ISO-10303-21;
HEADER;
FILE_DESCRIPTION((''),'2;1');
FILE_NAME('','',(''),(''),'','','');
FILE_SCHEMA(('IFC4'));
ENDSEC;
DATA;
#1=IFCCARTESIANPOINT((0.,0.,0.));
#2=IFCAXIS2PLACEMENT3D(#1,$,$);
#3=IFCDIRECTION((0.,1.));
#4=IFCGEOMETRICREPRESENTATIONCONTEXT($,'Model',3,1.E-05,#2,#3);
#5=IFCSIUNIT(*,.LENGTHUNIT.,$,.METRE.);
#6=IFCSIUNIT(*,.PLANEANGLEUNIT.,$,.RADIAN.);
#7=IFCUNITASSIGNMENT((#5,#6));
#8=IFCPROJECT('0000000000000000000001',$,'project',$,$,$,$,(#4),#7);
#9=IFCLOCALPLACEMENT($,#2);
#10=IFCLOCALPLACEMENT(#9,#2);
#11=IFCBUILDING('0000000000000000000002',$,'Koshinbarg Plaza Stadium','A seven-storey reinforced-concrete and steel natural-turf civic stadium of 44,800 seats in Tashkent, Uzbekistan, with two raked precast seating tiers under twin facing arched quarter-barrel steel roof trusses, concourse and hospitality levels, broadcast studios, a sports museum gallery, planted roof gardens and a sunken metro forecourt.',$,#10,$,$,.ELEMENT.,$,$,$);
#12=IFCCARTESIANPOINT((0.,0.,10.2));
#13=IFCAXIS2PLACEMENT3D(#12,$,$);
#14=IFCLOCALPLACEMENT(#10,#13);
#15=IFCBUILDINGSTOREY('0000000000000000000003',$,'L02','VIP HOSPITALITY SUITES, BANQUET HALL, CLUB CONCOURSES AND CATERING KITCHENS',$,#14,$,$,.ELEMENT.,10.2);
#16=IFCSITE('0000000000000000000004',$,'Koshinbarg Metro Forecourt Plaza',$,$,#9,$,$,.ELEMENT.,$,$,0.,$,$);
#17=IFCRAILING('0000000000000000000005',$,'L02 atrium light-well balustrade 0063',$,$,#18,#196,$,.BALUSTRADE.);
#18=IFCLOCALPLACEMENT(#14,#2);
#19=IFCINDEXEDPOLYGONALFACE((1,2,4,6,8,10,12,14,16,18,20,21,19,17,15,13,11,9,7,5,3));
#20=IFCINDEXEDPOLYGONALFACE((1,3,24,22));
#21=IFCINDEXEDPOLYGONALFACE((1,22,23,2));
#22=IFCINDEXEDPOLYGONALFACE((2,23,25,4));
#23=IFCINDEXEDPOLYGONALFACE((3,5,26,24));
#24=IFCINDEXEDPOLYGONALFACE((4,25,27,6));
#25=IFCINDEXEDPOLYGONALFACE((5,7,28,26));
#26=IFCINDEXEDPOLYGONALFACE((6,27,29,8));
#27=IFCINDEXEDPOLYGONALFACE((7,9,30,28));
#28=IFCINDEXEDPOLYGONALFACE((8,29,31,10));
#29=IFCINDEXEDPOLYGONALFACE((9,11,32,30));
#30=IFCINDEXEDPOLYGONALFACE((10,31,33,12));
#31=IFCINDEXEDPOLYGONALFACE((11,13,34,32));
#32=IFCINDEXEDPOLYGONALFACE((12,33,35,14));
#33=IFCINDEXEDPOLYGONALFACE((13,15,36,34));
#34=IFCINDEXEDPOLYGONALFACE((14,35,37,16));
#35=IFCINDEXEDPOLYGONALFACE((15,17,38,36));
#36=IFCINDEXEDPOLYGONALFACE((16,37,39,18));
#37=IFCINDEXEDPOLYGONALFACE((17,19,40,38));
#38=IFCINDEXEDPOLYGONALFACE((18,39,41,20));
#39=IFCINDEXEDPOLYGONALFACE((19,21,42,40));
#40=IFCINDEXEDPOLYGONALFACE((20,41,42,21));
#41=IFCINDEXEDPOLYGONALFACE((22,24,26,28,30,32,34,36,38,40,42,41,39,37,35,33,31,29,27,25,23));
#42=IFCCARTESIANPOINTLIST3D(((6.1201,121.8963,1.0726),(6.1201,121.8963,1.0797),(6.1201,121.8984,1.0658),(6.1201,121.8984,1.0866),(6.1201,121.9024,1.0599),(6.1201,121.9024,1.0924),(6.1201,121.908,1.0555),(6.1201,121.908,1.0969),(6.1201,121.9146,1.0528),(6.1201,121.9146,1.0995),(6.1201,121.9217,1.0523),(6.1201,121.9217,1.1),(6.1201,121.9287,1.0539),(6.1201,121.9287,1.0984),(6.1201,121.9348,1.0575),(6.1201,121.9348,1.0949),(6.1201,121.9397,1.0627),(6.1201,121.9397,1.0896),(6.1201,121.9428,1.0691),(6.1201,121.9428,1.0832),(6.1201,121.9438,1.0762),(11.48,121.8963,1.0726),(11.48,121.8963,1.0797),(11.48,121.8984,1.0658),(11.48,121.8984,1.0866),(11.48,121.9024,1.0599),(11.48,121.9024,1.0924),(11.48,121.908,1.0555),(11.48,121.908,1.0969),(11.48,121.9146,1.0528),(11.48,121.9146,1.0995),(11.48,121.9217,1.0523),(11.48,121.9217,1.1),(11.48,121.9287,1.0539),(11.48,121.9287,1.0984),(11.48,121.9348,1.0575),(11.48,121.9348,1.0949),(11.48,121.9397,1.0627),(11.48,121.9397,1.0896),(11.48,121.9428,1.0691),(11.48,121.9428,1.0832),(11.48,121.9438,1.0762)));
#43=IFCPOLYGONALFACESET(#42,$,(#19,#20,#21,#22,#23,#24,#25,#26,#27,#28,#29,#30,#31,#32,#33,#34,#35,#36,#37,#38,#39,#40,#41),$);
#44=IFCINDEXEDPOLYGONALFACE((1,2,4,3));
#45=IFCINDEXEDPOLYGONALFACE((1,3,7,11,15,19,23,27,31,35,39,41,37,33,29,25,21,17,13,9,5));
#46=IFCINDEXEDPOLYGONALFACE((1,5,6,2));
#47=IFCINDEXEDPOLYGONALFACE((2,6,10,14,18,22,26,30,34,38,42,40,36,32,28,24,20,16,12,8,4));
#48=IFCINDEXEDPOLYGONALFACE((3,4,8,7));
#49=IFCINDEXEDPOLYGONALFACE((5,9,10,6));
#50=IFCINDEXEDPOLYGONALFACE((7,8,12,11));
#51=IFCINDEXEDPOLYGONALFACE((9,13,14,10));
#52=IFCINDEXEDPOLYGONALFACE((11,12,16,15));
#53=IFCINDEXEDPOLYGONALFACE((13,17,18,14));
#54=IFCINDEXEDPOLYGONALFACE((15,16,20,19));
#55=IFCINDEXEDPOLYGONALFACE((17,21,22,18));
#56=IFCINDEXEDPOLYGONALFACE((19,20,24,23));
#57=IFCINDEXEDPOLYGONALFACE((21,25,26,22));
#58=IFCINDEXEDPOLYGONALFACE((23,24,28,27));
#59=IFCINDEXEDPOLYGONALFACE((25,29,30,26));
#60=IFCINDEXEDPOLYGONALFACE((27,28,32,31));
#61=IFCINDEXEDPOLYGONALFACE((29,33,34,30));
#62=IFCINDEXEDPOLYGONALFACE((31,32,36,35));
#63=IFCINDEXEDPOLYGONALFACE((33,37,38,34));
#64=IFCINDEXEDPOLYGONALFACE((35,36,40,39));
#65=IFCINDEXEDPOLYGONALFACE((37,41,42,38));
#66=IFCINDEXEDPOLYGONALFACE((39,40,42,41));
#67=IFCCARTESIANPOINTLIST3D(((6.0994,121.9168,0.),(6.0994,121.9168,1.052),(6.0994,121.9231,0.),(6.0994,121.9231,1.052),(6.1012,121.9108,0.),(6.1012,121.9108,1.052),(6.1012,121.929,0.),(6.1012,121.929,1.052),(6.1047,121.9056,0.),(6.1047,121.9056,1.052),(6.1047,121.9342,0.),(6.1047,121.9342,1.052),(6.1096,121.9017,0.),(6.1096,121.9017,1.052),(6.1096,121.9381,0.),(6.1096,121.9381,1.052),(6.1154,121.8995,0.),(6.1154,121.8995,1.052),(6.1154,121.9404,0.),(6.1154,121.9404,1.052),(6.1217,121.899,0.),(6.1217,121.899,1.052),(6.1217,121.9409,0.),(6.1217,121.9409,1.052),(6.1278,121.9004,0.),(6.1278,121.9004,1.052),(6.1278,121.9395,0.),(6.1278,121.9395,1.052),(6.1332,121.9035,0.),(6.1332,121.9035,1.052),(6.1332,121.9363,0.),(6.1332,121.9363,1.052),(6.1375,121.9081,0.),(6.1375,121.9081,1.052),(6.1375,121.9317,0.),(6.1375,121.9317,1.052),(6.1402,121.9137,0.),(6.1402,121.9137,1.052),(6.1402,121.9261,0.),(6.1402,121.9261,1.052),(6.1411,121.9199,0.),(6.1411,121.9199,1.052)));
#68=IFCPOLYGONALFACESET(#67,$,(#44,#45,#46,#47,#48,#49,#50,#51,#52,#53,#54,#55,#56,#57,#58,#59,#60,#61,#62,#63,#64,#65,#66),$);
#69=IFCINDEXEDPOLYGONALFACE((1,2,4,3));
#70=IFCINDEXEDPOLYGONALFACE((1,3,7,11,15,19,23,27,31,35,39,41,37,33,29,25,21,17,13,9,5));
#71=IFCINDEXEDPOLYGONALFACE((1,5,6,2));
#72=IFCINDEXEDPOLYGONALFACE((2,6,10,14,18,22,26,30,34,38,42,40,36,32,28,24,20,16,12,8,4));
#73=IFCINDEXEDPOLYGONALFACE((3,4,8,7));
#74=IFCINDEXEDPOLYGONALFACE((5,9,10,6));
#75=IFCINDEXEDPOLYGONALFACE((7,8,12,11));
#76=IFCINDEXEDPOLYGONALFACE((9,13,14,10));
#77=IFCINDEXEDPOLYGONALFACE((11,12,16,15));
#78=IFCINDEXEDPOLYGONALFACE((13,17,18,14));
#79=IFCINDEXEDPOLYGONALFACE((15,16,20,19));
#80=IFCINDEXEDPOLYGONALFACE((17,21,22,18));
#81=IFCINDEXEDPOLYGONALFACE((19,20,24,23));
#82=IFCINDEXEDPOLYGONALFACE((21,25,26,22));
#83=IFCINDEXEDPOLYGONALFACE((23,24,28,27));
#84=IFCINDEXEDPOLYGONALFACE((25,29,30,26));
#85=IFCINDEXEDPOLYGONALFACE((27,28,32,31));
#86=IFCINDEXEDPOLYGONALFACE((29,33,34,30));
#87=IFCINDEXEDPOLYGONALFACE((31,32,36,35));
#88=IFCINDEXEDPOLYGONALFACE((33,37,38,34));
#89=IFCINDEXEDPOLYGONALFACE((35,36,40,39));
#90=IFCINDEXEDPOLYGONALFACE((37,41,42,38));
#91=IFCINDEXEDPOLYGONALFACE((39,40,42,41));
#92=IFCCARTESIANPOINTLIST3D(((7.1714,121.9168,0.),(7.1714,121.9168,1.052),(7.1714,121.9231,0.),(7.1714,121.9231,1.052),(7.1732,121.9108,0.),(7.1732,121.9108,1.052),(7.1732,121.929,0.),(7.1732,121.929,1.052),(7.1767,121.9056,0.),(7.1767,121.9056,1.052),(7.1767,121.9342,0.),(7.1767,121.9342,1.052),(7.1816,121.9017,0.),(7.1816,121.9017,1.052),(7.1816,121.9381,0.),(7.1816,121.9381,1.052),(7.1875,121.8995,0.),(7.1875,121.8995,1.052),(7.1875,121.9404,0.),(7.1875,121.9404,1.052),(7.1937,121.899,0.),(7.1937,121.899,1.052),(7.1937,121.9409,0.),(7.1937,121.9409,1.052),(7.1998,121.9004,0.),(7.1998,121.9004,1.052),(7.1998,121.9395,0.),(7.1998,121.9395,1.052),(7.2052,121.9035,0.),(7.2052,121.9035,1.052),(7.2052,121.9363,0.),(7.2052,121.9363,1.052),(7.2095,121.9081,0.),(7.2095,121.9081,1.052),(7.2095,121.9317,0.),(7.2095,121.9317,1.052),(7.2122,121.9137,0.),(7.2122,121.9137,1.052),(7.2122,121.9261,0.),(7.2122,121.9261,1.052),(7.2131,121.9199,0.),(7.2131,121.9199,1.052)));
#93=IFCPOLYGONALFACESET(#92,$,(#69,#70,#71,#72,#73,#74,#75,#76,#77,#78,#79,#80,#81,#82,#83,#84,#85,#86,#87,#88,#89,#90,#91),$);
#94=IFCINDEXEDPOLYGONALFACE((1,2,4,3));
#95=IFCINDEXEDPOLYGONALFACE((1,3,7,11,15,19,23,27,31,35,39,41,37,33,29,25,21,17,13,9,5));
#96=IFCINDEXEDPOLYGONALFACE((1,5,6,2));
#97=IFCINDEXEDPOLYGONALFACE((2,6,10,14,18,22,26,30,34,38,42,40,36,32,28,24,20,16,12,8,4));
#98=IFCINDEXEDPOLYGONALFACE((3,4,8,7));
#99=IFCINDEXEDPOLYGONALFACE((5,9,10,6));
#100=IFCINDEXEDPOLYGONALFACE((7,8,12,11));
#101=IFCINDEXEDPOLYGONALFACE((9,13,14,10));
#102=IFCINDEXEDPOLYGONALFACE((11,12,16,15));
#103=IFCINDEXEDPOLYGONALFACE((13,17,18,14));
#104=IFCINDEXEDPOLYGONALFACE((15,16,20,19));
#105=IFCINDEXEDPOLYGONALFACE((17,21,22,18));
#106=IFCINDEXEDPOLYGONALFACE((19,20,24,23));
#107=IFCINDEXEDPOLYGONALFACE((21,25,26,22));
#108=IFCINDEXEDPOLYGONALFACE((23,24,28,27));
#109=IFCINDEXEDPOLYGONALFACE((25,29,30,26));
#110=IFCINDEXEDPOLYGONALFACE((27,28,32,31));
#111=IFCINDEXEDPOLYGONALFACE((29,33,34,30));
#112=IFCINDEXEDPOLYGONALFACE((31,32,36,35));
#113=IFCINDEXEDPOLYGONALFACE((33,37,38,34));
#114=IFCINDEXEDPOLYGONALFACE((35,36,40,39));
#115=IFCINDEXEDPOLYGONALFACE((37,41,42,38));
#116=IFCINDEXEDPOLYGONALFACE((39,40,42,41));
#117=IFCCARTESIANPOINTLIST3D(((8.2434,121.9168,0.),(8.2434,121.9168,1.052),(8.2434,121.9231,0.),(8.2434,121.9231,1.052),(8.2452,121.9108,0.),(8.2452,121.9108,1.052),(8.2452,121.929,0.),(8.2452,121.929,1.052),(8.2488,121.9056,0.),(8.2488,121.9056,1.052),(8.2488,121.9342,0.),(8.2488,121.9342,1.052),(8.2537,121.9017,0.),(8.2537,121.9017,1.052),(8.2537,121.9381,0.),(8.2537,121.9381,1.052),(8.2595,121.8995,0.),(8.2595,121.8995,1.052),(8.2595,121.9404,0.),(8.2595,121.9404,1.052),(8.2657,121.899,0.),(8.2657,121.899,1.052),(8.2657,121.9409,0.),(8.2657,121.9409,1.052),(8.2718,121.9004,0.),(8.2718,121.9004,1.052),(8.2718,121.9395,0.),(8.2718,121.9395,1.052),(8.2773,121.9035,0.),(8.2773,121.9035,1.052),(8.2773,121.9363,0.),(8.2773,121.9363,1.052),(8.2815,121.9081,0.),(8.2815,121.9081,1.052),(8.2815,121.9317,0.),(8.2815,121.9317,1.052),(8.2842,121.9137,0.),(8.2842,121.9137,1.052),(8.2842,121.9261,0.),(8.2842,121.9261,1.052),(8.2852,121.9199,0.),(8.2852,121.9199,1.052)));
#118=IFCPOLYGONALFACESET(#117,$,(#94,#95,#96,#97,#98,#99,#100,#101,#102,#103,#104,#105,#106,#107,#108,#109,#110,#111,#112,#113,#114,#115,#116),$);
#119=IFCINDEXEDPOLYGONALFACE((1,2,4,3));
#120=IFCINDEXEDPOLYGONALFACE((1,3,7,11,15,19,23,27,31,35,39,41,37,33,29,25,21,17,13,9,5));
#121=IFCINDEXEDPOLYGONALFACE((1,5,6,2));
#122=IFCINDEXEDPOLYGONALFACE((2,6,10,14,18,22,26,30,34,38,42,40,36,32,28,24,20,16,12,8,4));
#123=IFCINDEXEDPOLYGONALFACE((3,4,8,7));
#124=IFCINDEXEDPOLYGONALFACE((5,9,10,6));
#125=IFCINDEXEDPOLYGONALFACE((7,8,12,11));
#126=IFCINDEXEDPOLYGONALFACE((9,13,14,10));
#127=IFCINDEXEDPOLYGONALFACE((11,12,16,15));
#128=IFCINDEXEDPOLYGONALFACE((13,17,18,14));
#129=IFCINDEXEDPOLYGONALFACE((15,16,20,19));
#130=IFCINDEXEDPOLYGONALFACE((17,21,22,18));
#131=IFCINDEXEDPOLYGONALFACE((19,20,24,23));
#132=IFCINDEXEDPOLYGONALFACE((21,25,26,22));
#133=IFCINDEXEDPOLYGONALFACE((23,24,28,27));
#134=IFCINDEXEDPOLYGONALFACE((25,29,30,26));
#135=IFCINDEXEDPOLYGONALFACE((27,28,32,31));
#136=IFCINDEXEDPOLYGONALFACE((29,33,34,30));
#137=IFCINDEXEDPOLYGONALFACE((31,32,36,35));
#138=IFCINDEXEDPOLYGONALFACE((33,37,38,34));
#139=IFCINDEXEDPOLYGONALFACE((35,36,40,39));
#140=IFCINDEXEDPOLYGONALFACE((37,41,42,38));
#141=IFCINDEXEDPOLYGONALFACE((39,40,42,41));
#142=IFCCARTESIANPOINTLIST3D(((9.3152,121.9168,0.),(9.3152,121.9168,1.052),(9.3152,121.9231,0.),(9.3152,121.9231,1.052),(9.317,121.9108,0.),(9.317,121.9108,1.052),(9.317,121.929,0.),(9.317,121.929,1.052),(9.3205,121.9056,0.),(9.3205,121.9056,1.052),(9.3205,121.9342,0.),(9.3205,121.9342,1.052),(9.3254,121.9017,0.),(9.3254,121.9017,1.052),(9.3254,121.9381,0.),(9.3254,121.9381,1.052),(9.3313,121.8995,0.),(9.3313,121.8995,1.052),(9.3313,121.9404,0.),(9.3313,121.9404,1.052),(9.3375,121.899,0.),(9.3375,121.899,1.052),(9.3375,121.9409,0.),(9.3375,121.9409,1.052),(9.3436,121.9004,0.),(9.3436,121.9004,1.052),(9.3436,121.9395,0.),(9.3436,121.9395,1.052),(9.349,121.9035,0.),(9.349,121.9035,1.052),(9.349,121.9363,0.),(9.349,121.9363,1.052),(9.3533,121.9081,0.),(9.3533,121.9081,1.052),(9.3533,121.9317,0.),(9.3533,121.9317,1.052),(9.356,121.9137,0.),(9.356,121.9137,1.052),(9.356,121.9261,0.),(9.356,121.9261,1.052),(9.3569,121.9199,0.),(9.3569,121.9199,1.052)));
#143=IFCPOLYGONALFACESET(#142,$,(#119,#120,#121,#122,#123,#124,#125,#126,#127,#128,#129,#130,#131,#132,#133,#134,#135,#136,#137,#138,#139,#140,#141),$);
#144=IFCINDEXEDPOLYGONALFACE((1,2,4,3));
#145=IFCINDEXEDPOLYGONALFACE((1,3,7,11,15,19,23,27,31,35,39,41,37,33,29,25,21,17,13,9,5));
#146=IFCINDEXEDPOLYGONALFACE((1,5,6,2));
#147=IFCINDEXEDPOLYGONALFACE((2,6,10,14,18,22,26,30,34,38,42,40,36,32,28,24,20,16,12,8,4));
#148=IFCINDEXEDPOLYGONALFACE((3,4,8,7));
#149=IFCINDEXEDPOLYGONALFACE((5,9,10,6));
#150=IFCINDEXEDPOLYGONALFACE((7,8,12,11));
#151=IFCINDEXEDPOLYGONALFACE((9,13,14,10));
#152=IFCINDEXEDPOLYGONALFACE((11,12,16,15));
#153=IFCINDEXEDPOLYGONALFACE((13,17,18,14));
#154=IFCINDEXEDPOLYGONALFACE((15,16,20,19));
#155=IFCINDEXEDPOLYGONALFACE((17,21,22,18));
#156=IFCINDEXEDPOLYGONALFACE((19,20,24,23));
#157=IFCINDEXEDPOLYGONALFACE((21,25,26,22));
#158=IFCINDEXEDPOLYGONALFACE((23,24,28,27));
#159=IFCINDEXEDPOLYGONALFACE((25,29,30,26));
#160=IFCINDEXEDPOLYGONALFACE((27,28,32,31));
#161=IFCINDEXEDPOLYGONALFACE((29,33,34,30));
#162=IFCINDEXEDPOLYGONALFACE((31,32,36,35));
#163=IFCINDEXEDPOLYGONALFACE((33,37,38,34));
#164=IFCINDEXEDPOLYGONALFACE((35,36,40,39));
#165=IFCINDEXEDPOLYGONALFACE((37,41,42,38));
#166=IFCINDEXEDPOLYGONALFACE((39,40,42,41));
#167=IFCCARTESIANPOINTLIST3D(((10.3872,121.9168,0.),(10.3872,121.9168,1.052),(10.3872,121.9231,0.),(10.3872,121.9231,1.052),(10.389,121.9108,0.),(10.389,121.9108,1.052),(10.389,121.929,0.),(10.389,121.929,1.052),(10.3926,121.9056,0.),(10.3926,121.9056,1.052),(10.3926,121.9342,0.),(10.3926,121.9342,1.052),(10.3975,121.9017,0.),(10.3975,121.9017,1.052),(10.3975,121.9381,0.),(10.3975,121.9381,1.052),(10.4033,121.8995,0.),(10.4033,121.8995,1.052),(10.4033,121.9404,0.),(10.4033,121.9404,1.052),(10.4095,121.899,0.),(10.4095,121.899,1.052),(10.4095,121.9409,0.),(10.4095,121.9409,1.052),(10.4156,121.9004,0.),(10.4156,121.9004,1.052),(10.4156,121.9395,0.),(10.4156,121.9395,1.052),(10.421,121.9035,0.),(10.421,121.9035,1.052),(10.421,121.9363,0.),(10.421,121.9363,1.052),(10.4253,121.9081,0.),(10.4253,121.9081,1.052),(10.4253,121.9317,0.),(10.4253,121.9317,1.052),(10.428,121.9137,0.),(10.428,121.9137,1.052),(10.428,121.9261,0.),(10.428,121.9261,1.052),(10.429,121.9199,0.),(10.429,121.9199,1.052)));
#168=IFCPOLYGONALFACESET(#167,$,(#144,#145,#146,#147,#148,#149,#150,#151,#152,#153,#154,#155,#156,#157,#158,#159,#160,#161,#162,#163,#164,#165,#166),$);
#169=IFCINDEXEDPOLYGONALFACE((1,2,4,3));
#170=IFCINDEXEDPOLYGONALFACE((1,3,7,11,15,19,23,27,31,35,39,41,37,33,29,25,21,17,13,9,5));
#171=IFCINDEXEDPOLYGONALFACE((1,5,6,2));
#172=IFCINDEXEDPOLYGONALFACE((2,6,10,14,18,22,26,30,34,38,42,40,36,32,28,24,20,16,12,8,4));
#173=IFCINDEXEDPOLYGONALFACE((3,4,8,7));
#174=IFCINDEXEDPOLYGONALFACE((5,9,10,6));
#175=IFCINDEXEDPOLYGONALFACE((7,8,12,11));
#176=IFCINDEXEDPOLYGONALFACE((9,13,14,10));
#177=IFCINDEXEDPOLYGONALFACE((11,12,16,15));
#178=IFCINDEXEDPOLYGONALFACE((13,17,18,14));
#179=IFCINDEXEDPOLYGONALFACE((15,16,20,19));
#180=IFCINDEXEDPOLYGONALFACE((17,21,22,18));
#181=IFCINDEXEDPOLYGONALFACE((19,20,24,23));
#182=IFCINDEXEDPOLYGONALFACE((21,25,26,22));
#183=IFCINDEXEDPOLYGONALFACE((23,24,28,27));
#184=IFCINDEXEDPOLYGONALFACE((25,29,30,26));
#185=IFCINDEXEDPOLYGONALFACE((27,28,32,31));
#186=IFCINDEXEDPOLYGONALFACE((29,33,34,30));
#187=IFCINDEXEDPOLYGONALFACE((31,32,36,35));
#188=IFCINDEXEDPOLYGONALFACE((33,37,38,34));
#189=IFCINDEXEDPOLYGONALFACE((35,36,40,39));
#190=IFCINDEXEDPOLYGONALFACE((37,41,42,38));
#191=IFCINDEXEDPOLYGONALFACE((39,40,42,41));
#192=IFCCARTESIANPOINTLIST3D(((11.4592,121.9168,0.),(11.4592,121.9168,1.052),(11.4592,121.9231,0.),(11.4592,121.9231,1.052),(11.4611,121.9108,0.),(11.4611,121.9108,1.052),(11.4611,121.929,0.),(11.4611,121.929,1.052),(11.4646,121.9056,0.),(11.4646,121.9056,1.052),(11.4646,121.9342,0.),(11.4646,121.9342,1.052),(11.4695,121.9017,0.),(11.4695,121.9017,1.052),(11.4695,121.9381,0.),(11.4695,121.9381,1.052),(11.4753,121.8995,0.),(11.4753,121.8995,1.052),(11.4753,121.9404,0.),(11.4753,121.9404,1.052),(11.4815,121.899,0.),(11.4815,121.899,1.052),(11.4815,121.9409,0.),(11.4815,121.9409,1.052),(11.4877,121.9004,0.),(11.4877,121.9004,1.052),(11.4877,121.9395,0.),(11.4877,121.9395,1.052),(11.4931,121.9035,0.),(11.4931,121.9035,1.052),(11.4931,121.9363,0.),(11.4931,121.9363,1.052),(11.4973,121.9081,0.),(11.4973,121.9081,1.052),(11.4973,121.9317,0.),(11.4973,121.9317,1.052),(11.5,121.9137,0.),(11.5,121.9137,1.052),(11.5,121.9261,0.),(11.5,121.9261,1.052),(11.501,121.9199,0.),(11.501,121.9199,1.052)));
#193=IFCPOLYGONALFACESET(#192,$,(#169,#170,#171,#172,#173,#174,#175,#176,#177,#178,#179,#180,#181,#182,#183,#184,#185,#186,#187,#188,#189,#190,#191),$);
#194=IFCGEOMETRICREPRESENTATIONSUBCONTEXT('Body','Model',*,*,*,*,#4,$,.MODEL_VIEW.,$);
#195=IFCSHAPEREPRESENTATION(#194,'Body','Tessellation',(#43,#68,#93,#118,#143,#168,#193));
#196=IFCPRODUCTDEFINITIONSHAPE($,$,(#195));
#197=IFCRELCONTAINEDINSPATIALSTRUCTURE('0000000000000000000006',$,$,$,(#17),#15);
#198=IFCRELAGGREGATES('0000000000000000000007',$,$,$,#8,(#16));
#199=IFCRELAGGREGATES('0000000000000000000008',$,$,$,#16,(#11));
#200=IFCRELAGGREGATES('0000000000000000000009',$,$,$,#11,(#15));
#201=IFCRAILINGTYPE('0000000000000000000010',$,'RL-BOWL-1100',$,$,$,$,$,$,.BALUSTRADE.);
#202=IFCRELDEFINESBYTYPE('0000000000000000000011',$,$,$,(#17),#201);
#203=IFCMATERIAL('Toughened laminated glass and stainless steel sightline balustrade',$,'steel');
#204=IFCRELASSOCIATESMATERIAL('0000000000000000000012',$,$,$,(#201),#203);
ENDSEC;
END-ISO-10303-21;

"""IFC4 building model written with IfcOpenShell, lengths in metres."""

from ifc_helpers import new_model, si_unit, direction, frame, origin, origin_2d, place, context, subcontext, project, spatial, circle, extrude, material, type_object, element, save


model = new_model("IFC4")

# Units and contexts
model_context = context("Model", 3, precision=1e-05, world=origin(), true_north=direction((0.0, 1.0)))
body_context = subcontext(model_context, "Body", "Model", "MODEL_VIEW")
ifc_project = project(units=[si_unit("LENGTHUNIT", "METRE"), si_unit("PLANEANGLEUNIT", "RADIAN")], contexts=[model_context])

# Site, building, storey
site_placement = place(None, origin())
site = spatial("IfcSite", under=ifc_project, at=site_placement, Name="Koshinbarg Metro Forecourt Plaza", CompositionType="ELEMENT", RefElevation=0.0)
building_placement = place(site_placement, origin())
building = spatial("IfcBuilding", under=site, at=building_placement, Name="Koshinbarg Plaza Stadium", Description="A seven-storey reinforced-concrete and steel natural-turf civic stadium of 44,800 seats in Tashkent, Uzbekistan, with two raked precast seating tiers under twin facing arched quarter-barrel steel roof trusses, concourse and hospitality levels, broadcast studios, a sports museum gallery, planted roof gardens and a sunken metro forecourt.", CompositionType="ELEMENT")
storey_placement = place(building_placement, frame((0.0, 0.0, 10.2)))
storey = spatial("IfcBuildingStorey", under=building, at=storey_placement, Name="L02", Description="VIP HOSPITALITY SUITES, BANQUET HALL, CLUB CONCOURSES AND CATERING KITCHENS", CompositionType="ELEMENT", Elevation=10.2)

# Railing
ifc_material_1 = material(Name="Toughened laminated glass and stainless steel sightline balustrade", Category="steel")
railing_type = type_object("IfcRailingType", Name="RL-BOWL-1100", PredefinedType="BALUSTRADE", material=ifc_material_1)
railing_1_placement = place(storey_placement, frame((6.1201, 121.9199, 0.0)))
element("IfcRailing", 1, at=railing_1_placement, inside=storey, type_object=railing_type, Name="L02 atrium light-well balustrade 0063", PredefinedType="BALUSTRADE", context=body_context, shape_type="SweptSolid", body=[
    extrude(circle(Radius=0.0239, at=origin_2d()), frame((0.0, 0.0, 1.0762), z_axis=(1.0, 0.0, 0.0), x_axis=(0.0, 1.0, 0.0)), (0.0, 0.0, 1.0), 5.3599),
    extrude(circle(Radius=0.021, at=origin_2d()), origin(), (0.0, 0.0, 1.0), 1.052),
    extrude(circle(Radius=0.021, at=origin_2d()), frame((1.072, 0.0, 0.0)), (0.0, 0.0, 1.0), 1.052),
    extrude(circle(Radius=0.021, at=origin_2d()), frame((2.144, 0.0, 0.0)), (0.0, 0.0, 1.0), 1.052),
    extrude(circle(Radius=0.021, at=origin_2d()), frame((3.2158, 0.0, 0.0)), (0.0, 0.0, 1.0), 1.052),
    extrude(circle(Radius=0.021, at=origin_2d()), frame((4.2878, 0.0, 0.0)), (0.0, 0.0, 1.0), 1.052),
    extrude(circle(Radius=0.021, at=origin_2d()), frame((5.3599, 0.0, 0.0)), (0.0, 0.0, 1.0), 1.052),
])

save(model, "model.ifc")
